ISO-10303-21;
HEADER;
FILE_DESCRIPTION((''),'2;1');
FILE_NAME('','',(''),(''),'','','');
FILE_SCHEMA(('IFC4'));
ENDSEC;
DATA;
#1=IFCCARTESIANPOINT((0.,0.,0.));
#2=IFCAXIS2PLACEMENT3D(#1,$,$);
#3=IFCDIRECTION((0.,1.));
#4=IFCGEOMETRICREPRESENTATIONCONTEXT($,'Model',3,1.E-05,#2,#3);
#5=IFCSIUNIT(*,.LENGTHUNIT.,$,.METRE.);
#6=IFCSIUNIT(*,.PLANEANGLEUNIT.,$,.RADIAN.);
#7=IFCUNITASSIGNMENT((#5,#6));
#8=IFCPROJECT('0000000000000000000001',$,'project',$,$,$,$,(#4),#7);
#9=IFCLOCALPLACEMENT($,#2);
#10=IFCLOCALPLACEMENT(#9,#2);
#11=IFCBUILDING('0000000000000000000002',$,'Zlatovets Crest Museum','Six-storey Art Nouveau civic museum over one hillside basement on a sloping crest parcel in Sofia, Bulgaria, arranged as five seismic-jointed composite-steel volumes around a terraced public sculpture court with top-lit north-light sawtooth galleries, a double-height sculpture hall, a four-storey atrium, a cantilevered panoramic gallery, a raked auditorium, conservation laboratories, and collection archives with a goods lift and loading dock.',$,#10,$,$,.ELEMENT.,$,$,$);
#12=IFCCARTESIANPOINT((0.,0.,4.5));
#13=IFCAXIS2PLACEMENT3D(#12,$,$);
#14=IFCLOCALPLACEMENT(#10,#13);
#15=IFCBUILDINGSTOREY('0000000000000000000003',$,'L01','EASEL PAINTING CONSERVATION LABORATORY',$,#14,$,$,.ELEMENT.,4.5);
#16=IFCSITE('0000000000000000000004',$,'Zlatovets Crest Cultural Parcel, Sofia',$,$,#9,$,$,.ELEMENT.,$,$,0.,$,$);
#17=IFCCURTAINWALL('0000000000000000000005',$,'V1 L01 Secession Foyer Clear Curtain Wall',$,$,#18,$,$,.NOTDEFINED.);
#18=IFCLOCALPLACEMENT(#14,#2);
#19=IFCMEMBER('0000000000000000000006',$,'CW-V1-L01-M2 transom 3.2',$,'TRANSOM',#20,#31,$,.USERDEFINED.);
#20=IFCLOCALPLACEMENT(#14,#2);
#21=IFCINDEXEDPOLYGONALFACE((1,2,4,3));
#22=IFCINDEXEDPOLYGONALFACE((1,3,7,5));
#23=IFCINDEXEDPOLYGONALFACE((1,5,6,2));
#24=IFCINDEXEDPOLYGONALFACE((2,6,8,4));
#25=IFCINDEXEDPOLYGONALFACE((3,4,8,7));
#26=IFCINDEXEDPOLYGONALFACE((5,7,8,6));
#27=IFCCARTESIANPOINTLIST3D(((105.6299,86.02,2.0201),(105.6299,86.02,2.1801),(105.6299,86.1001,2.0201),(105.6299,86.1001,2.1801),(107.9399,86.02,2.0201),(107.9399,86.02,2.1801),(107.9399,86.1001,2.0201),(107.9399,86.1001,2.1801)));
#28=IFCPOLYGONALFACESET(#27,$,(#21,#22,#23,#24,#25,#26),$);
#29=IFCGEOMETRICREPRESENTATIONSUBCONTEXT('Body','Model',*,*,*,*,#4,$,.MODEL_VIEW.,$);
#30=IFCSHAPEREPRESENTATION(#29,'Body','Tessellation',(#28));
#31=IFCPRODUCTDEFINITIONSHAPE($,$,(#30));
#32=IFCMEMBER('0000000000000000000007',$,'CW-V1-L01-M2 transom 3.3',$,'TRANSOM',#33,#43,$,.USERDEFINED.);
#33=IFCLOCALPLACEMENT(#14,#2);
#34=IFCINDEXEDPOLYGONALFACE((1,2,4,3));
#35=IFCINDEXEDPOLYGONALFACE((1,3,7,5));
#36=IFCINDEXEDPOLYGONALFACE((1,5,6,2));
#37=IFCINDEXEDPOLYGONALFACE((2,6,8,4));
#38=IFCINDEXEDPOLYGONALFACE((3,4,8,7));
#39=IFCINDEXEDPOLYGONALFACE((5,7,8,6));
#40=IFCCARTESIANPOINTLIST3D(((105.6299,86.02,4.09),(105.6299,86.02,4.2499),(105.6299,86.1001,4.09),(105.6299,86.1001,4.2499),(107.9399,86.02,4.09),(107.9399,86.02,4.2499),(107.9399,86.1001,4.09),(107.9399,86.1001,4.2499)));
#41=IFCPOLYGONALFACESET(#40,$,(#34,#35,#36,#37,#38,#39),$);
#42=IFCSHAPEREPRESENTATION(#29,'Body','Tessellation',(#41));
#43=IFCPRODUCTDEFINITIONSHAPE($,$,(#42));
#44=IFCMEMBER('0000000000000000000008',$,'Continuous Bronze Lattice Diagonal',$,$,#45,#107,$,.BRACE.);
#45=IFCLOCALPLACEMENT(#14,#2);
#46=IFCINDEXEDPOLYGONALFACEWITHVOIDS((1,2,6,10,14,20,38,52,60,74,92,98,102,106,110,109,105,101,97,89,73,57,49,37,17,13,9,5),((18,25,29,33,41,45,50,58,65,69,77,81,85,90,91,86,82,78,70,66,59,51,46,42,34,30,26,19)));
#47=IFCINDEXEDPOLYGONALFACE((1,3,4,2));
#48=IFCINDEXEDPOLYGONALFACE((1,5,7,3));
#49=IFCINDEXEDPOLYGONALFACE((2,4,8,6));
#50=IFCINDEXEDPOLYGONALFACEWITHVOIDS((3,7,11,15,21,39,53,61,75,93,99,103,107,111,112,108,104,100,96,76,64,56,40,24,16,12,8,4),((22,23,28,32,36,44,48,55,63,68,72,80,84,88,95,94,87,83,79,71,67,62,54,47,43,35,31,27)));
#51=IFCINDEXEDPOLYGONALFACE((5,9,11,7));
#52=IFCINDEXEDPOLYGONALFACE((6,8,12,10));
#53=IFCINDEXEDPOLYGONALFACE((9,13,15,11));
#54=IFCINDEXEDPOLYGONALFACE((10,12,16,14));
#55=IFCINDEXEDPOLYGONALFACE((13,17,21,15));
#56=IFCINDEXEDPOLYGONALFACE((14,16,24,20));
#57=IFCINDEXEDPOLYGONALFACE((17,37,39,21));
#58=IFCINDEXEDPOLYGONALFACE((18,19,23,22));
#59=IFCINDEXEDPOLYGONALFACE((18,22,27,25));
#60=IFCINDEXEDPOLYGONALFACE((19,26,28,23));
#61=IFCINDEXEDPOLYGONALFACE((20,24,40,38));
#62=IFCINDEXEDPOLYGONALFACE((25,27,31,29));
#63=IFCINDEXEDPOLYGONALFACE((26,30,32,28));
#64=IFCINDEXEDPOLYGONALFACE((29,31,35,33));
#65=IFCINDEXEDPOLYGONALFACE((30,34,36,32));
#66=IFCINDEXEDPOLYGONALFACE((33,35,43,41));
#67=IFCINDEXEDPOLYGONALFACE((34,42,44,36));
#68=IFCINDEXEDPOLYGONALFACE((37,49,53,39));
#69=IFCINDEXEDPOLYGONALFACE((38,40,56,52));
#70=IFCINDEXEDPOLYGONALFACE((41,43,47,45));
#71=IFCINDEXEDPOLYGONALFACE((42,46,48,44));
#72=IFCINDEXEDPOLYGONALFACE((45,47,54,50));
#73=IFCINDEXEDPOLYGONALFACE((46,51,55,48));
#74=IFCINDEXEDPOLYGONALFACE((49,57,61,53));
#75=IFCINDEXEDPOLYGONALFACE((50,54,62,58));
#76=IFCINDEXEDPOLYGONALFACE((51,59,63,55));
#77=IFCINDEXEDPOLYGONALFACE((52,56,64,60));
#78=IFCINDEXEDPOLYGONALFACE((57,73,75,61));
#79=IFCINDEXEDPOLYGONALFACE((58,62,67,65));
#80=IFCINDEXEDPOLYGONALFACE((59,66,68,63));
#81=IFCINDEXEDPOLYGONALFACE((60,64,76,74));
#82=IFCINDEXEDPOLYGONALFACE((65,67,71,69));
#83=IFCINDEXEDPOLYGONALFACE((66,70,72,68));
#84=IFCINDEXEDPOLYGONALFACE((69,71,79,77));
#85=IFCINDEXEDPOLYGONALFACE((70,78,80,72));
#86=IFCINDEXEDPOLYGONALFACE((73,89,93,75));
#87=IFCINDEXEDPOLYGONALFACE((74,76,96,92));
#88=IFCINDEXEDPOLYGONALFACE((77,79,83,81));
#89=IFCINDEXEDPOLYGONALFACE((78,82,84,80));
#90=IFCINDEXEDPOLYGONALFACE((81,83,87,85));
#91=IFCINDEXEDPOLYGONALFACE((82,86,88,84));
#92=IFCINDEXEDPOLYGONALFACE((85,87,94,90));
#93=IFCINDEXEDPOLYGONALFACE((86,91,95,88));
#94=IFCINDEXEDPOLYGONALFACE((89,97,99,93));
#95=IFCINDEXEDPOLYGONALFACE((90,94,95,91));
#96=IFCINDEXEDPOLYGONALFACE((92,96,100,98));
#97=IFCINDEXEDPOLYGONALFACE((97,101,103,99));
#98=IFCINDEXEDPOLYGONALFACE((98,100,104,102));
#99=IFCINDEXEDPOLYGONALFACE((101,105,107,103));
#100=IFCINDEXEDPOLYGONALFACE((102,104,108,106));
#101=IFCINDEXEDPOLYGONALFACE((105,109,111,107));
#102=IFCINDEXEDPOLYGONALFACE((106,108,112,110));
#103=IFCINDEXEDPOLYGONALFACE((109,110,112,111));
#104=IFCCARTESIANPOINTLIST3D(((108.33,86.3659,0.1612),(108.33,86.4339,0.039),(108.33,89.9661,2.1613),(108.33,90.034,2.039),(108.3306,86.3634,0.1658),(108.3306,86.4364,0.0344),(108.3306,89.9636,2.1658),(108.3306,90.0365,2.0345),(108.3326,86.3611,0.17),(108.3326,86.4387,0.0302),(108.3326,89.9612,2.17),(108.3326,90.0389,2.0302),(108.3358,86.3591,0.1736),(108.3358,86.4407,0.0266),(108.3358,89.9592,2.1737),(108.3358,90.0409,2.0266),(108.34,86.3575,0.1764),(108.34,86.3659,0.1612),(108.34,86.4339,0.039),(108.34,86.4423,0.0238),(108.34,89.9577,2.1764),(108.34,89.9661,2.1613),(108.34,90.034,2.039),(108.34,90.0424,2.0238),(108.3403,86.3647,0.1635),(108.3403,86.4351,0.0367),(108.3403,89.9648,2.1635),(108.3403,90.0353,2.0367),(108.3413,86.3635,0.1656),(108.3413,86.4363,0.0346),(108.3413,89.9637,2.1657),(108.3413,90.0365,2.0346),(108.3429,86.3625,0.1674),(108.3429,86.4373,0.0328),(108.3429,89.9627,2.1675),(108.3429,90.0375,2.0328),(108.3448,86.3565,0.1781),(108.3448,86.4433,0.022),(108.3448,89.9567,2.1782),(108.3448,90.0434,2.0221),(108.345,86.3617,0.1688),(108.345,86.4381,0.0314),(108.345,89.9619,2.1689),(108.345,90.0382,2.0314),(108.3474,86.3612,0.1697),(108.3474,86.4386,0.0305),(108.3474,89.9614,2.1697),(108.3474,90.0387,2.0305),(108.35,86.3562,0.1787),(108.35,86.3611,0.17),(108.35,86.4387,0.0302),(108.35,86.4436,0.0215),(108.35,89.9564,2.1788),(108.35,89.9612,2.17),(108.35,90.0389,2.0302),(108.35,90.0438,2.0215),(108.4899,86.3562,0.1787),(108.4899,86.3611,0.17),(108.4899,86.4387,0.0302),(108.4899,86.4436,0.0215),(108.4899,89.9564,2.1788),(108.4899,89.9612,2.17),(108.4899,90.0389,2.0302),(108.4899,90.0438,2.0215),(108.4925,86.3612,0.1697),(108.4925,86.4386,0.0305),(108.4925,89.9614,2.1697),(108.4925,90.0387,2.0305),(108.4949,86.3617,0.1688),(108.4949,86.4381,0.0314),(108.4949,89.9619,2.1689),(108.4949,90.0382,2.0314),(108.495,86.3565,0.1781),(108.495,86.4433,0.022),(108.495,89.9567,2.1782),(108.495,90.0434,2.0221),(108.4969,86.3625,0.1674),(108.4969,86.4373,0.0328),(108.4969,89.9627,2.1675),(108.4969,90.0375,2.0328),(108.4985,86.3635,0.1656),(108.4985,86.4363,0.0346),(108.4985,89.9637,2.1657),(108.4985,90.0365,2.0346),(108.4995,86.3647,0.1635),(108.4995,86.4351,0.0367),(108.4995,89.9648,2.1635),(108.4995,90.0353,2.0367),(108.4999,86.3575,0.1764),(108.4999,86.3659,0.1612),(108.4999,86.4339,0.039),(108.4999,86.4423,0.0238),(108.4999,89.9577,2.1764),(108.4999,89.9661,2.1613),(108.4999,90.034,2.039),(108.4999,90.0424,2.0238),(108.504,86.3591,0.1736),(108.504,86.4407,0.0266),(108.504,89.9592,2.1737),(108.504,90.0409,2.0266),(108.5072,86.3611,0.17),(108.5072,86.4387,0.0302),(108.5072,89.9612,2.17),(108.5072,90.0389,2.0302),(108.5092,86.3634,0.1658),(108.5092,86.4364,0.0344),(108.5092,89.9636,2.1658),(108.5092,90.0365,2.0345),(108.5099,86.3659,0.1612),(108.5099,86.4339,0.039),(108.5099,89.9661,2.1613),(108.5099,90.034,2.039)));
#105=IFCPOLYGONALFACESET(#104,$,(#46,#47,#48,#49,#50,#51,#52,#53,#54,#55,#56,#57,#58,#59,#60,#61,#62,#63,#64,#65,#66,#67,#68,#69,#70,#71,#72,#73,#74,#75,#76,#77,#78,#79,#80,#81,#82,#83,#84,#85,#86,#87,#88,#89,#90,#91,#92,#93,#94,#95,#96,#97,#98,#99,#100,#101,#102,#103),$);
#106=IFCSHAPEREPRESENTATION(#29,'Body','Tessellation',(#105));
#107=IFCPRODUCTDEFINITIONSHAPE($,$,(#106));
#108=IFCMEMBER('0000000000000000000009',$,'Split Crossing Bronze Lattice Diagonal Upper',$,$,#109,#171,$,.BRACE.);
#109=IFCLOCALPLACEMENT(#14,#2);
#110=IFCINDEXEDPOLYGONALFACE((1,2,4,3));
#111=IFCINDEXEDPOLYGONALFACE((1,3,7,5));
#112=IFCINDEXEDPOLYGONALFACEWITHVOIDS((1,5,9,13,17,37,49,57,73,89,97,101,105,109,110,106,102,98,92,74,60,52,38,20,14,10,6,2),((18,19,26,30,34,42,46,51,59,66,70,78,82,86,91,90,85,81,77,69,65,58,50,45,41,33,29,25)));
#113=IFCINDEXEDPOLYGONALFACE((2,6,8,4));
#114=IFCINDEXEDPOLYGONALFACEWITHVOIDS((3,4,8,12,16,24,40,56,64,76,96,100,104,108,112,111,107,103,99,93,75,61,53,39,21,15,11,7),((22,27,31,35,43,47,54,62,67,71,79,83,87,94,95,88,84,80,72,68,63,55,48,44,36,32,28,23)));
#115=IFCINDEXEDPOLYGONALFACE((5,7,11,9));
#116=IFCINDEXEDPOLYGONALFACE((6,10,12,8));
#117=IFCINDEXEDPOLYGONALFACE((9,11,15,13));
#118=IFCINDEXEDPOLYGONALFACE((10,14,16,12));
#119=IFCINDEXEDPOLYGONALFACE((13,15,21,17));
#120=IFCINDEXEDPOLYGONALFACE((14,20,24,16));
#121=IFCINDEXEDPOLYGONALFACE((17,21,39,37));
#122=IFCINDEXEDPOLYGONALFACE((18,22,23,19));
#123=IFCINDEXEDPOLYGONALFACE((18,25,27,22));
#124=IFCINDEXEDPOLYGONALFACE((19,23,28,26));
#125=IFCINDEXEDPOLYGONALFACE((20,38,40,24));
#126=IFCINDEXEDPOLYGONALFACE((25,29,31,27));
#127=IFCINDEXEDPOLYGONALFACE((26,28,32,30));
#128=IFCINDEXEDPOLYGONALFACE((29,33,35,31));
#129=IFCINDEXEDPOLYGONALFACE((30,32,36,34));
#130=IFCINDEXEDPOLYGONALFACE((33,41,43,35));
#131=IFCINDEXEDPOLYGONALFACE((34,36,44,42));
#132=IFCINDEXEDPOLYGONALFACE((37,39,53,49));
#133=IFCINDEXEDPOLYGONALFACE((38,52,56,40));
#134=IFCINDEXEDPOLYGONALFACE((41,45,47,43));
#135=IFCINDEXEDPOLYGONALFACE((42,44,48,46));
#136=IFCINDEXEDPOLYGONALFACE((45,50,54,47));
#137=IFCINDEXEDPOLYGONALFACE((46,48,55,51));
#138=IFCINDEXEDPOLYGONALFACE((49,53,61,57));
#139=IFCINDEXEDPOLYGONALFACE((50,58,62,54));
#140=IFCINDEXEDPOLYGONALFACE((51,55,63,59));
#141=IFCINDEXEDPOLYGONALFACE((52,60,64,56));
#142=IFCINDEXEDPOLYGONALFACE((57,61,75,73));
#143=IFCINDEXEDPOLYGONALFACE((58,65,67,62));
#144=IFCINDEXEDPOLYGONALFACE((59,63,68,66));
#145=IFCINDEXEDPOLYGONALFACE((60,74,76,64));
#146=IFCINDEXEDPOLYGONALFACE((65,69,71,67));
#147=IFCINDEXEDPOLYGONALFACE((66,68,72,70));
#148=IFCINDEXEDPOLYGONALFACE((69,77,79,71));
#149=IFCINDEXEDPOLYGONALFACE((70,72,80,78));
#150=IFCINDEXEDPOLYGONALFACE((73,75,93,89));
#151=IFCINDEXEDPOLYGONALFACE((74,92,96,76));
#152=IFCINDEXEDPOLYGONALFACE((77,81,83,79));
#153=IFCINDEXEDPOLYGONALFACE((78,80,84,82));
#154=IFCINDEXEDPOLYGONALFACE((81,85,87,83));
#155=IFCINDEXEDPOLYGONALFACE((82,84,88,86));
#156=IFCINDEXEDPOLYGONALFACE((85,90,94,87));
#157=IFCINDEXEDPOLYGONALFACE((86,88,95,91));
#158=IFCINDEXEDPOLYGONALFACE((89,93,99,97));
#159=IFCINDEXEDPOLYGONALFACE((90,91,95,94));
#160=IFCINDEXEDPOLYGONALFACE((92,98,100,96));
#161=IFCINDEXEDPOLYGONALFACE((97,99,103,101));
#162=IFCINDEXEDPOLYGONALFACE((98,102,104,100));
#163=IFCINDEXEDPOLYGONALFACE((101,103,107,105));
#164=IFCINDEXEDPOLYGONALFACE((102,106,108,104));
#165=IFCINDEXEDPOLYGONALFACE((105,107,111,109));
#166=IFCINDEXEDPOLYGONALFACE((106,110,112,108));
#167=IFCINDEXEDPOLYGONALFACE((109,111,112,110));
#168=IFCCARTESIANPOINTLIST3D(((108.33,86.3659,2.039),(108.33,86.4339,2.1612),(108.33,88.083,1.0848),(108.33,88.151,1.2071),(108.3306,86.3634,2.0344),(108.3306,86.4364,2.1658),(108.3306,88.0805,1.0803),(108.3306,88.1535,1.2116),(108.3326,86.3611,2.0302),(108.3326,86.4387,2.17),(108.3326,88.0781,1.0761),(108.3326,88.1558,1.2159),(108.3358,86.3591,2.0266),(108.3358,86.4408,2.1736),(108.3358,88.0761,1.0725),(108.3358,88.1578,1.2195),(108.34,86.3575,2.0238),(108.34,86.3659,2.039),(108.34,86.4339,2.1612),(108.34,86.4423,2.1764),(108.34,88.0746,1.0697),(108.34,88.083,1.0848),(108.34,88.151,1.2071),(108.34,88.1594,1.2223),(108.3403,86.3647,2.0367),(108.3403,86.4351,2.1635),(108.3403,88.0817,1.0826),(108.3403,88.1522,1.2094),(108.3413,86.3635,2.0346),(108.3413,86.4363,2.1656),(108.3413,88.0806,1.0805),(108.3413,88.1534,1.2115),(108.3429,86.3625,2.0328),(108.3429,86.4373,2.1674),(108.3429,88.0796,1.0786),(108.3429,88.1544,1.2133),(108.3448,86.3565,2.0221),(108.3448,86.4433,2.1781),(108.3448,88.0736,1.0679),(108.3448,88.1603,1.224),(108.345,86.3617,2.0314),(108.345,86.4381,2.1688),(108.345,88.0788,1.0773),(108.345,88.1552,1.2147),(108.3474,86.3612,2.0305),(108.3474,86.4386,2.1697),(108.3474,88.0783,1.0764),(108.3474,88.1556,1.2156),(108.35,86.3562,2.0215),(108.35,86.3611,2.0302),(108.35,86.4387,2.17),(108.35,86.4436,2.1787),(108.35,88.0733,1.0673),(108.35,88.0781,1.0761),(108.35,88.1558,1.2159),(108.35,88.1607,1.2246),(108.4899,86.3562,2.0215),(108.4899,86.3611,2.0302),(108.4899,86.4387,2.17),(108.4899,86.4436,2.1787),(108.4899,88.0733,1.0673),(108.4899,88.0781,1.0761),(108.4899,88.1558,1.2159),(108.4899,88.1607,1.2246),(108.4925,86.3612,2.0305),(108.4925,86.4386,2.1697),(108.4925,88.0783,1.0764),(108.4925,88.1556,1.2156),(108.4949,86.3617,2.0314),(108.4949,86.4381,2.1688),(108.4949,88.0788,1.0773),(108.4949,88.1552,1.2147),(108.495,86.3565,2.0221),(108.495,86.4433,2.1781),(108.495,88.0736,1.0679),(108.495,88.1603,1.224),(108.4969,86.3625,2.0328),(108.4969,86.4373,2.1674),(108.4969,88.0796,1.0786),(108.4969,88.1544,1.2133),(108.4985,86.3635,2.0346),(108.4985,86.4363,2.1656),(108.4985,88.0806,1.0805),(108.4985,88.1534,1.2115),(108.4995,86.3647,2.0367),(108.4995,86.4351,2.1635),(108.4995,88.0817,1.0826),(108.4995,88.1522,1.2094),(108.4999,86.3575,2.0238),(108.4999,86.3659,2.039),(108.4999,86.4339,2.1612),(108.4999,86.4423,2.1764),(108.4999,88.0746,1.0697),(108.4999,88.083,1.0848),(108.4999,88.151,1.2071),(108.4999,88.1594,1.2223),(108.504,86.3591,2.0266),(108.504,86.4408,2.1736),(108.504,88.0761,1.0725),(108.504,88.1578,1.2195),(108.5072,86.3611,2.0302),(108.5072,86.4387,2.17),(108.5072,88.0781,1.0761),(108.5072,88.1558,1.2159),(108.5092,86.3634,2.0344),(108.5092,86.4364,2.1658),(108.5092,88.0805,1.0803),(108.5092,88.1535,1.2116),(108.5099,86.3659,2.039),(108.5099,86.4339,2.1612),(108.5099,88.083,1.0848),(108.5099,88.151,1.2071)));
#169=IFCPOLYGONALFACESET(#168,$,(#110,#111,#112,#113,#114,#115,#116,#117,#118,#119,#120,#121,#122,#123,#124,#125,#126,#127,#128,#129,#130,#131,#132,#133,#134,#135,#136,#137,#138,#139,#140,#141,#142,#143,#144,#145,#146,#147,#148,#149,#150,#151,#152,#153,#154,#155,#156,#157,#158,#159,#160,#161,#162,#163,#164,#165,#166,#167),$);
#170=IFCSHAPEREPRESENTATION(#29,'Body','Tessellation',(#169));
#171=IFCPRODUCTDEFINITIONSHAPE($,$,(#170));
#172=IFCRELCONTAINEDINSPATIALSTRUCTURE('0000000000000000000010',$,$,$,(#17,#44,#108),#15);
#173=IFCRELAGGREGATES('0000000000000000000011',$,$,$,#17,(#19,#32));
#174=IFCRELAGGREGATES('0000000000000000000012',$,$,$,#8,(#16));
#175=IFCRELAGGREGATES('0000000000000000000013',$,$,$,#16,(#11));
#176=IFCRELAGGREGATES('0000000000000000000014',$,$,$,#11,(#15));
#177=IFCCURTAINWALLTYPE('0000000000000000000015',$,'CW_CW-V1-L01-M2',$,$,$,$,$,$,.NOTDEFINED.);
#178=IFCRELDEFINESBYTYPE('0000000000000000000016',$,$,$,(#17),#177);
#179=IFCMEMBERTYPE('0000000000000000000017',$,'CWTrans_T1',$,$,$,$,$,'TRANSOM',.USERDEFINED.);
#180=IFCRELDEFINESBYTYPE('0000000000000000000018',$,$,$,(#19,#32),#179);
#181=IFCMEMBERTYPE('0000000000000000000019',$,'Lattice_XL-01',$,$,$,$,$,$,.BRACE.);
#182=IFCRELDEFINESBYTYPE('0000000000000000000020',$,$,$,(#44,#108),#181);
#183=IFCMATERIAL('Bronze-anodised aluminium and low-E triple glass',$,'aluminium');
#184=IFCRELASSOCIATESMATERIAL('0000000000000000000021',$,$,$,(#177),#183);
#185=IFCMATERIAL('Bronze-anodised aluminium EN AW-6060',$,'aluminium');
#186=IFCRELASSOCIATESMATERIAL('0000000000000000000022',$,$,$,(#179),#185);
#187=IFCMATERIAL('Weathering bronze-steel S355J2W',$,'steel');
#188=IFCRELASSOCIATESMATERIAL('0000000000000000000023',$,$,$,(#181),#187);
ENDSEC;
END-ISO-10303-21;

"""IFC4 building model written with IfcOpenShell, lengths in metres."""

from ifc_helpers import new_model, si_unit, direction, frame, origin, origin_2d, place, context, subcontext, project, spatial, rectangle, hollow_rectangle, extrude, material, material_profile, profile_set, type_object, element, aggregate, save


model = new_model("IFC4")

# Units and contexts
model_context = context("Model", 3, precision=1e-05, world=origin(), true_north=direction((0.0, 1.0)))
body_context = subcontext(model_context, "Body", "Model", "MODEL_VIEW")
ifc_project = project(units=[si_unit("LENGTHUNIT", "METRE"), si_unit("PLANEANGLEUNIT", "RADIAN")], contexts=[model_context])

# Site, building, storey
site_placement = place(None, origin())
site = spatial("IfcSite", under=ifc_project, at=site_placement, Name="Zlatovets Crest Cultural Parcel, Sofia", CompositionType="ELEMENT", RefElevation=0.0)
building_placement = place(site_placement, origin())
building = spatial("IfcBuilding", under=site, at=building_placement, Name="Zlatovets Crest Museum", Description="Six-storey Art Nouveau civic museum over one hillside basement on a sloping crest parcel in Sofia, Bulgaria, arranged as five seismic-jointed composite-steel volumes around a terraced public sculpture court with top-lit north-light sawtooth galleries, a double-height sculpture hall, a four-storey atrium, a cantilevered panoramic gallery, a raked auditorium, conservation laboratories, and collection archives with a goods lift and loading dock.", CompositionType="ELEMENT")
storey_placement = place(building_placement, frame((0.0, 0.0, 4.5)))
storey = spatial("IfcBuildingStorey", under=building, at=storey_placement, Name="L01", Description="EASEL PAINTING CONSERVATION LABORATORY", CompositionType="ELEMENT", Elevation=4.5)

# Curtain wall, members
ifc_material_1 = material(Name="Bronze-anodised aluminium and low-E triple glass", Category="aluminium")
curtain_wall_type = type_object("IfcCurtainWallType", Name="CW_CW-V1-L01-M2", PredefinedType="NOTDEFINED", material=ifc_material_1)
curtain_wall_placement = place(storey_placement, origin())
curtain_wall = element("IfcCurtainWall", 1, at=curtain_wall_placement, inside=storey, type_object=curtain_wall_type, Name="V1 L01 Secession Foyer Clear Curtain Wall", PredefinedType="NOTDEFINED")
ifc_material_2 = material(Name="Bronze-anodised aluminium EN AW-6060", Category="aluminium")
ifc_material_profile_1 = material_profile(ifc_material_2, rectangle(XDim=0.0801, YDim=0.1599, at=origin_2d()), Name="ALU 80x160")
ifc_profile_set_1 = profile_set([ifc_material_profile_1], Name="Bronze-anodised aluminium EN AW-6060")
member_type_1 = type_object("IfcMemberType", Name="CWTrans_T1", ElementType="TRANSOM", PredefinedType="USERDEFINED", material=ifc_profile_set_1)
member_1_placement = place(storey_placement, frame((105.6299, 86.0601, 2.1001), z_axis=(1.0, 0.0, 0.0), x_axis=(0.0, 1.0, 0.0)))
member_1 = element("IfcMember", 2, at=member_1_placement, type_object=member_type_1, Name="CW-V1-L01-M2 transom 3.2", ObjectType="TRANSOM", PredefinedType="USERDEFINED", context=body_context, shape_type="SweptSolid", body=[
    extrude(rectangle(XDim=0.0801, YDim=0.1599, at=origin_2d()), origin(), (0.0, 0.0, 1.0), 2.3101),
])
member_2_placement = place(storey_placement, frame((105.6299, 86.0601, 4.1699), z_axis=(1.0, 0.0, 0.0), x_axis=(0.0, 1.0, 0.0)))
member_2 = element("IfcMember", 3, at=member_2_placement, type_object=member_type_1, Name="CW-V1-L01-M2 transom 3.3", ObjectType="TRANSOM", PredefinedType="USERDEFINED", context=body_context, shape_type="SweptSolid", body=[
    extrude(rectangle(XDim=0.0801, YDim=0.1599, at=origin_2d()), origin(), (0.0, 0.0, 1.0), 2.3101),
])

# Members
ifc_material_3 = material(Name="Weathering bronze-steel S355J2W", Category="steel")
ifc_material_profile_2 = material_profile(ifc_material_3, hollow_rectangle(XDim=0.1799, YDim=0.1799, WallThickness=0.01, InnerFilletRadius=0.01, OuterFilletRadius=0.02, at=origin_2d()), Name="SHS 180x180x10.0")
ifc_profile_set_2 = profile_set([ifc_material_profile_2], Name="Weathering bronze-steel S355J2W")
member_type_2 = type_object("IfcMemberType", Name="Lattice_XL-01", PredefinedType="BRACE", material=ifc_profile_set_2)
member_3_placement = place(storey_placement, frame((108.4199, 86.3999, 0.1001), z_axis=(0.0, 0.874163, 0.485633), x_axis=(-1.0, 0.0, 0.0)))
element("IfcMember", 4, at=member_3_placement, inside=storey, type_object=member_type_2, Name="Continuous Bronze Lattice Diagonal", PredefinedType="BRACE", context=body_context, shape_type="SweptSolid", body=[
    extrude(hollow_rectangle(XDim=0.1799, YDim=0.1799, WallThickness=0.01, InnerFilletRadius=0.01, OuterFilletRadius=0.02, at=origin_2d()), origin(), (0.0, 0.0, 1.0), 4.1184),
])
member_4_placement = place(storey_placement, frame((108.4199, 86.3999, 2.1001), z_axis=(0.0, 0.874116, -0.485717), x_axis=(-1.0, 0.0, 0.0)))
element("IfcMember", 5, at=member_4_placement, inside=storey, type_object=member_type_2, Name="Split Crossing Bronze Lattice Diagonal Upper", PredefinedType="BRACE", context=body_context, shape_type="SweptSolid", body=[
    extrude(hollow_rectangle(XDim=0.1799, YDim=0.1799, WallThickness=0.01, InnerFilletRadius=0.01, OuterFilletRadius=0.02, at=origin_2d()), origin(), (0.0, 0.0, 1.0), 1.9644),
])

aggregate(curtain_wall, [member_1, member_2])

save(model, "model.ifc")
